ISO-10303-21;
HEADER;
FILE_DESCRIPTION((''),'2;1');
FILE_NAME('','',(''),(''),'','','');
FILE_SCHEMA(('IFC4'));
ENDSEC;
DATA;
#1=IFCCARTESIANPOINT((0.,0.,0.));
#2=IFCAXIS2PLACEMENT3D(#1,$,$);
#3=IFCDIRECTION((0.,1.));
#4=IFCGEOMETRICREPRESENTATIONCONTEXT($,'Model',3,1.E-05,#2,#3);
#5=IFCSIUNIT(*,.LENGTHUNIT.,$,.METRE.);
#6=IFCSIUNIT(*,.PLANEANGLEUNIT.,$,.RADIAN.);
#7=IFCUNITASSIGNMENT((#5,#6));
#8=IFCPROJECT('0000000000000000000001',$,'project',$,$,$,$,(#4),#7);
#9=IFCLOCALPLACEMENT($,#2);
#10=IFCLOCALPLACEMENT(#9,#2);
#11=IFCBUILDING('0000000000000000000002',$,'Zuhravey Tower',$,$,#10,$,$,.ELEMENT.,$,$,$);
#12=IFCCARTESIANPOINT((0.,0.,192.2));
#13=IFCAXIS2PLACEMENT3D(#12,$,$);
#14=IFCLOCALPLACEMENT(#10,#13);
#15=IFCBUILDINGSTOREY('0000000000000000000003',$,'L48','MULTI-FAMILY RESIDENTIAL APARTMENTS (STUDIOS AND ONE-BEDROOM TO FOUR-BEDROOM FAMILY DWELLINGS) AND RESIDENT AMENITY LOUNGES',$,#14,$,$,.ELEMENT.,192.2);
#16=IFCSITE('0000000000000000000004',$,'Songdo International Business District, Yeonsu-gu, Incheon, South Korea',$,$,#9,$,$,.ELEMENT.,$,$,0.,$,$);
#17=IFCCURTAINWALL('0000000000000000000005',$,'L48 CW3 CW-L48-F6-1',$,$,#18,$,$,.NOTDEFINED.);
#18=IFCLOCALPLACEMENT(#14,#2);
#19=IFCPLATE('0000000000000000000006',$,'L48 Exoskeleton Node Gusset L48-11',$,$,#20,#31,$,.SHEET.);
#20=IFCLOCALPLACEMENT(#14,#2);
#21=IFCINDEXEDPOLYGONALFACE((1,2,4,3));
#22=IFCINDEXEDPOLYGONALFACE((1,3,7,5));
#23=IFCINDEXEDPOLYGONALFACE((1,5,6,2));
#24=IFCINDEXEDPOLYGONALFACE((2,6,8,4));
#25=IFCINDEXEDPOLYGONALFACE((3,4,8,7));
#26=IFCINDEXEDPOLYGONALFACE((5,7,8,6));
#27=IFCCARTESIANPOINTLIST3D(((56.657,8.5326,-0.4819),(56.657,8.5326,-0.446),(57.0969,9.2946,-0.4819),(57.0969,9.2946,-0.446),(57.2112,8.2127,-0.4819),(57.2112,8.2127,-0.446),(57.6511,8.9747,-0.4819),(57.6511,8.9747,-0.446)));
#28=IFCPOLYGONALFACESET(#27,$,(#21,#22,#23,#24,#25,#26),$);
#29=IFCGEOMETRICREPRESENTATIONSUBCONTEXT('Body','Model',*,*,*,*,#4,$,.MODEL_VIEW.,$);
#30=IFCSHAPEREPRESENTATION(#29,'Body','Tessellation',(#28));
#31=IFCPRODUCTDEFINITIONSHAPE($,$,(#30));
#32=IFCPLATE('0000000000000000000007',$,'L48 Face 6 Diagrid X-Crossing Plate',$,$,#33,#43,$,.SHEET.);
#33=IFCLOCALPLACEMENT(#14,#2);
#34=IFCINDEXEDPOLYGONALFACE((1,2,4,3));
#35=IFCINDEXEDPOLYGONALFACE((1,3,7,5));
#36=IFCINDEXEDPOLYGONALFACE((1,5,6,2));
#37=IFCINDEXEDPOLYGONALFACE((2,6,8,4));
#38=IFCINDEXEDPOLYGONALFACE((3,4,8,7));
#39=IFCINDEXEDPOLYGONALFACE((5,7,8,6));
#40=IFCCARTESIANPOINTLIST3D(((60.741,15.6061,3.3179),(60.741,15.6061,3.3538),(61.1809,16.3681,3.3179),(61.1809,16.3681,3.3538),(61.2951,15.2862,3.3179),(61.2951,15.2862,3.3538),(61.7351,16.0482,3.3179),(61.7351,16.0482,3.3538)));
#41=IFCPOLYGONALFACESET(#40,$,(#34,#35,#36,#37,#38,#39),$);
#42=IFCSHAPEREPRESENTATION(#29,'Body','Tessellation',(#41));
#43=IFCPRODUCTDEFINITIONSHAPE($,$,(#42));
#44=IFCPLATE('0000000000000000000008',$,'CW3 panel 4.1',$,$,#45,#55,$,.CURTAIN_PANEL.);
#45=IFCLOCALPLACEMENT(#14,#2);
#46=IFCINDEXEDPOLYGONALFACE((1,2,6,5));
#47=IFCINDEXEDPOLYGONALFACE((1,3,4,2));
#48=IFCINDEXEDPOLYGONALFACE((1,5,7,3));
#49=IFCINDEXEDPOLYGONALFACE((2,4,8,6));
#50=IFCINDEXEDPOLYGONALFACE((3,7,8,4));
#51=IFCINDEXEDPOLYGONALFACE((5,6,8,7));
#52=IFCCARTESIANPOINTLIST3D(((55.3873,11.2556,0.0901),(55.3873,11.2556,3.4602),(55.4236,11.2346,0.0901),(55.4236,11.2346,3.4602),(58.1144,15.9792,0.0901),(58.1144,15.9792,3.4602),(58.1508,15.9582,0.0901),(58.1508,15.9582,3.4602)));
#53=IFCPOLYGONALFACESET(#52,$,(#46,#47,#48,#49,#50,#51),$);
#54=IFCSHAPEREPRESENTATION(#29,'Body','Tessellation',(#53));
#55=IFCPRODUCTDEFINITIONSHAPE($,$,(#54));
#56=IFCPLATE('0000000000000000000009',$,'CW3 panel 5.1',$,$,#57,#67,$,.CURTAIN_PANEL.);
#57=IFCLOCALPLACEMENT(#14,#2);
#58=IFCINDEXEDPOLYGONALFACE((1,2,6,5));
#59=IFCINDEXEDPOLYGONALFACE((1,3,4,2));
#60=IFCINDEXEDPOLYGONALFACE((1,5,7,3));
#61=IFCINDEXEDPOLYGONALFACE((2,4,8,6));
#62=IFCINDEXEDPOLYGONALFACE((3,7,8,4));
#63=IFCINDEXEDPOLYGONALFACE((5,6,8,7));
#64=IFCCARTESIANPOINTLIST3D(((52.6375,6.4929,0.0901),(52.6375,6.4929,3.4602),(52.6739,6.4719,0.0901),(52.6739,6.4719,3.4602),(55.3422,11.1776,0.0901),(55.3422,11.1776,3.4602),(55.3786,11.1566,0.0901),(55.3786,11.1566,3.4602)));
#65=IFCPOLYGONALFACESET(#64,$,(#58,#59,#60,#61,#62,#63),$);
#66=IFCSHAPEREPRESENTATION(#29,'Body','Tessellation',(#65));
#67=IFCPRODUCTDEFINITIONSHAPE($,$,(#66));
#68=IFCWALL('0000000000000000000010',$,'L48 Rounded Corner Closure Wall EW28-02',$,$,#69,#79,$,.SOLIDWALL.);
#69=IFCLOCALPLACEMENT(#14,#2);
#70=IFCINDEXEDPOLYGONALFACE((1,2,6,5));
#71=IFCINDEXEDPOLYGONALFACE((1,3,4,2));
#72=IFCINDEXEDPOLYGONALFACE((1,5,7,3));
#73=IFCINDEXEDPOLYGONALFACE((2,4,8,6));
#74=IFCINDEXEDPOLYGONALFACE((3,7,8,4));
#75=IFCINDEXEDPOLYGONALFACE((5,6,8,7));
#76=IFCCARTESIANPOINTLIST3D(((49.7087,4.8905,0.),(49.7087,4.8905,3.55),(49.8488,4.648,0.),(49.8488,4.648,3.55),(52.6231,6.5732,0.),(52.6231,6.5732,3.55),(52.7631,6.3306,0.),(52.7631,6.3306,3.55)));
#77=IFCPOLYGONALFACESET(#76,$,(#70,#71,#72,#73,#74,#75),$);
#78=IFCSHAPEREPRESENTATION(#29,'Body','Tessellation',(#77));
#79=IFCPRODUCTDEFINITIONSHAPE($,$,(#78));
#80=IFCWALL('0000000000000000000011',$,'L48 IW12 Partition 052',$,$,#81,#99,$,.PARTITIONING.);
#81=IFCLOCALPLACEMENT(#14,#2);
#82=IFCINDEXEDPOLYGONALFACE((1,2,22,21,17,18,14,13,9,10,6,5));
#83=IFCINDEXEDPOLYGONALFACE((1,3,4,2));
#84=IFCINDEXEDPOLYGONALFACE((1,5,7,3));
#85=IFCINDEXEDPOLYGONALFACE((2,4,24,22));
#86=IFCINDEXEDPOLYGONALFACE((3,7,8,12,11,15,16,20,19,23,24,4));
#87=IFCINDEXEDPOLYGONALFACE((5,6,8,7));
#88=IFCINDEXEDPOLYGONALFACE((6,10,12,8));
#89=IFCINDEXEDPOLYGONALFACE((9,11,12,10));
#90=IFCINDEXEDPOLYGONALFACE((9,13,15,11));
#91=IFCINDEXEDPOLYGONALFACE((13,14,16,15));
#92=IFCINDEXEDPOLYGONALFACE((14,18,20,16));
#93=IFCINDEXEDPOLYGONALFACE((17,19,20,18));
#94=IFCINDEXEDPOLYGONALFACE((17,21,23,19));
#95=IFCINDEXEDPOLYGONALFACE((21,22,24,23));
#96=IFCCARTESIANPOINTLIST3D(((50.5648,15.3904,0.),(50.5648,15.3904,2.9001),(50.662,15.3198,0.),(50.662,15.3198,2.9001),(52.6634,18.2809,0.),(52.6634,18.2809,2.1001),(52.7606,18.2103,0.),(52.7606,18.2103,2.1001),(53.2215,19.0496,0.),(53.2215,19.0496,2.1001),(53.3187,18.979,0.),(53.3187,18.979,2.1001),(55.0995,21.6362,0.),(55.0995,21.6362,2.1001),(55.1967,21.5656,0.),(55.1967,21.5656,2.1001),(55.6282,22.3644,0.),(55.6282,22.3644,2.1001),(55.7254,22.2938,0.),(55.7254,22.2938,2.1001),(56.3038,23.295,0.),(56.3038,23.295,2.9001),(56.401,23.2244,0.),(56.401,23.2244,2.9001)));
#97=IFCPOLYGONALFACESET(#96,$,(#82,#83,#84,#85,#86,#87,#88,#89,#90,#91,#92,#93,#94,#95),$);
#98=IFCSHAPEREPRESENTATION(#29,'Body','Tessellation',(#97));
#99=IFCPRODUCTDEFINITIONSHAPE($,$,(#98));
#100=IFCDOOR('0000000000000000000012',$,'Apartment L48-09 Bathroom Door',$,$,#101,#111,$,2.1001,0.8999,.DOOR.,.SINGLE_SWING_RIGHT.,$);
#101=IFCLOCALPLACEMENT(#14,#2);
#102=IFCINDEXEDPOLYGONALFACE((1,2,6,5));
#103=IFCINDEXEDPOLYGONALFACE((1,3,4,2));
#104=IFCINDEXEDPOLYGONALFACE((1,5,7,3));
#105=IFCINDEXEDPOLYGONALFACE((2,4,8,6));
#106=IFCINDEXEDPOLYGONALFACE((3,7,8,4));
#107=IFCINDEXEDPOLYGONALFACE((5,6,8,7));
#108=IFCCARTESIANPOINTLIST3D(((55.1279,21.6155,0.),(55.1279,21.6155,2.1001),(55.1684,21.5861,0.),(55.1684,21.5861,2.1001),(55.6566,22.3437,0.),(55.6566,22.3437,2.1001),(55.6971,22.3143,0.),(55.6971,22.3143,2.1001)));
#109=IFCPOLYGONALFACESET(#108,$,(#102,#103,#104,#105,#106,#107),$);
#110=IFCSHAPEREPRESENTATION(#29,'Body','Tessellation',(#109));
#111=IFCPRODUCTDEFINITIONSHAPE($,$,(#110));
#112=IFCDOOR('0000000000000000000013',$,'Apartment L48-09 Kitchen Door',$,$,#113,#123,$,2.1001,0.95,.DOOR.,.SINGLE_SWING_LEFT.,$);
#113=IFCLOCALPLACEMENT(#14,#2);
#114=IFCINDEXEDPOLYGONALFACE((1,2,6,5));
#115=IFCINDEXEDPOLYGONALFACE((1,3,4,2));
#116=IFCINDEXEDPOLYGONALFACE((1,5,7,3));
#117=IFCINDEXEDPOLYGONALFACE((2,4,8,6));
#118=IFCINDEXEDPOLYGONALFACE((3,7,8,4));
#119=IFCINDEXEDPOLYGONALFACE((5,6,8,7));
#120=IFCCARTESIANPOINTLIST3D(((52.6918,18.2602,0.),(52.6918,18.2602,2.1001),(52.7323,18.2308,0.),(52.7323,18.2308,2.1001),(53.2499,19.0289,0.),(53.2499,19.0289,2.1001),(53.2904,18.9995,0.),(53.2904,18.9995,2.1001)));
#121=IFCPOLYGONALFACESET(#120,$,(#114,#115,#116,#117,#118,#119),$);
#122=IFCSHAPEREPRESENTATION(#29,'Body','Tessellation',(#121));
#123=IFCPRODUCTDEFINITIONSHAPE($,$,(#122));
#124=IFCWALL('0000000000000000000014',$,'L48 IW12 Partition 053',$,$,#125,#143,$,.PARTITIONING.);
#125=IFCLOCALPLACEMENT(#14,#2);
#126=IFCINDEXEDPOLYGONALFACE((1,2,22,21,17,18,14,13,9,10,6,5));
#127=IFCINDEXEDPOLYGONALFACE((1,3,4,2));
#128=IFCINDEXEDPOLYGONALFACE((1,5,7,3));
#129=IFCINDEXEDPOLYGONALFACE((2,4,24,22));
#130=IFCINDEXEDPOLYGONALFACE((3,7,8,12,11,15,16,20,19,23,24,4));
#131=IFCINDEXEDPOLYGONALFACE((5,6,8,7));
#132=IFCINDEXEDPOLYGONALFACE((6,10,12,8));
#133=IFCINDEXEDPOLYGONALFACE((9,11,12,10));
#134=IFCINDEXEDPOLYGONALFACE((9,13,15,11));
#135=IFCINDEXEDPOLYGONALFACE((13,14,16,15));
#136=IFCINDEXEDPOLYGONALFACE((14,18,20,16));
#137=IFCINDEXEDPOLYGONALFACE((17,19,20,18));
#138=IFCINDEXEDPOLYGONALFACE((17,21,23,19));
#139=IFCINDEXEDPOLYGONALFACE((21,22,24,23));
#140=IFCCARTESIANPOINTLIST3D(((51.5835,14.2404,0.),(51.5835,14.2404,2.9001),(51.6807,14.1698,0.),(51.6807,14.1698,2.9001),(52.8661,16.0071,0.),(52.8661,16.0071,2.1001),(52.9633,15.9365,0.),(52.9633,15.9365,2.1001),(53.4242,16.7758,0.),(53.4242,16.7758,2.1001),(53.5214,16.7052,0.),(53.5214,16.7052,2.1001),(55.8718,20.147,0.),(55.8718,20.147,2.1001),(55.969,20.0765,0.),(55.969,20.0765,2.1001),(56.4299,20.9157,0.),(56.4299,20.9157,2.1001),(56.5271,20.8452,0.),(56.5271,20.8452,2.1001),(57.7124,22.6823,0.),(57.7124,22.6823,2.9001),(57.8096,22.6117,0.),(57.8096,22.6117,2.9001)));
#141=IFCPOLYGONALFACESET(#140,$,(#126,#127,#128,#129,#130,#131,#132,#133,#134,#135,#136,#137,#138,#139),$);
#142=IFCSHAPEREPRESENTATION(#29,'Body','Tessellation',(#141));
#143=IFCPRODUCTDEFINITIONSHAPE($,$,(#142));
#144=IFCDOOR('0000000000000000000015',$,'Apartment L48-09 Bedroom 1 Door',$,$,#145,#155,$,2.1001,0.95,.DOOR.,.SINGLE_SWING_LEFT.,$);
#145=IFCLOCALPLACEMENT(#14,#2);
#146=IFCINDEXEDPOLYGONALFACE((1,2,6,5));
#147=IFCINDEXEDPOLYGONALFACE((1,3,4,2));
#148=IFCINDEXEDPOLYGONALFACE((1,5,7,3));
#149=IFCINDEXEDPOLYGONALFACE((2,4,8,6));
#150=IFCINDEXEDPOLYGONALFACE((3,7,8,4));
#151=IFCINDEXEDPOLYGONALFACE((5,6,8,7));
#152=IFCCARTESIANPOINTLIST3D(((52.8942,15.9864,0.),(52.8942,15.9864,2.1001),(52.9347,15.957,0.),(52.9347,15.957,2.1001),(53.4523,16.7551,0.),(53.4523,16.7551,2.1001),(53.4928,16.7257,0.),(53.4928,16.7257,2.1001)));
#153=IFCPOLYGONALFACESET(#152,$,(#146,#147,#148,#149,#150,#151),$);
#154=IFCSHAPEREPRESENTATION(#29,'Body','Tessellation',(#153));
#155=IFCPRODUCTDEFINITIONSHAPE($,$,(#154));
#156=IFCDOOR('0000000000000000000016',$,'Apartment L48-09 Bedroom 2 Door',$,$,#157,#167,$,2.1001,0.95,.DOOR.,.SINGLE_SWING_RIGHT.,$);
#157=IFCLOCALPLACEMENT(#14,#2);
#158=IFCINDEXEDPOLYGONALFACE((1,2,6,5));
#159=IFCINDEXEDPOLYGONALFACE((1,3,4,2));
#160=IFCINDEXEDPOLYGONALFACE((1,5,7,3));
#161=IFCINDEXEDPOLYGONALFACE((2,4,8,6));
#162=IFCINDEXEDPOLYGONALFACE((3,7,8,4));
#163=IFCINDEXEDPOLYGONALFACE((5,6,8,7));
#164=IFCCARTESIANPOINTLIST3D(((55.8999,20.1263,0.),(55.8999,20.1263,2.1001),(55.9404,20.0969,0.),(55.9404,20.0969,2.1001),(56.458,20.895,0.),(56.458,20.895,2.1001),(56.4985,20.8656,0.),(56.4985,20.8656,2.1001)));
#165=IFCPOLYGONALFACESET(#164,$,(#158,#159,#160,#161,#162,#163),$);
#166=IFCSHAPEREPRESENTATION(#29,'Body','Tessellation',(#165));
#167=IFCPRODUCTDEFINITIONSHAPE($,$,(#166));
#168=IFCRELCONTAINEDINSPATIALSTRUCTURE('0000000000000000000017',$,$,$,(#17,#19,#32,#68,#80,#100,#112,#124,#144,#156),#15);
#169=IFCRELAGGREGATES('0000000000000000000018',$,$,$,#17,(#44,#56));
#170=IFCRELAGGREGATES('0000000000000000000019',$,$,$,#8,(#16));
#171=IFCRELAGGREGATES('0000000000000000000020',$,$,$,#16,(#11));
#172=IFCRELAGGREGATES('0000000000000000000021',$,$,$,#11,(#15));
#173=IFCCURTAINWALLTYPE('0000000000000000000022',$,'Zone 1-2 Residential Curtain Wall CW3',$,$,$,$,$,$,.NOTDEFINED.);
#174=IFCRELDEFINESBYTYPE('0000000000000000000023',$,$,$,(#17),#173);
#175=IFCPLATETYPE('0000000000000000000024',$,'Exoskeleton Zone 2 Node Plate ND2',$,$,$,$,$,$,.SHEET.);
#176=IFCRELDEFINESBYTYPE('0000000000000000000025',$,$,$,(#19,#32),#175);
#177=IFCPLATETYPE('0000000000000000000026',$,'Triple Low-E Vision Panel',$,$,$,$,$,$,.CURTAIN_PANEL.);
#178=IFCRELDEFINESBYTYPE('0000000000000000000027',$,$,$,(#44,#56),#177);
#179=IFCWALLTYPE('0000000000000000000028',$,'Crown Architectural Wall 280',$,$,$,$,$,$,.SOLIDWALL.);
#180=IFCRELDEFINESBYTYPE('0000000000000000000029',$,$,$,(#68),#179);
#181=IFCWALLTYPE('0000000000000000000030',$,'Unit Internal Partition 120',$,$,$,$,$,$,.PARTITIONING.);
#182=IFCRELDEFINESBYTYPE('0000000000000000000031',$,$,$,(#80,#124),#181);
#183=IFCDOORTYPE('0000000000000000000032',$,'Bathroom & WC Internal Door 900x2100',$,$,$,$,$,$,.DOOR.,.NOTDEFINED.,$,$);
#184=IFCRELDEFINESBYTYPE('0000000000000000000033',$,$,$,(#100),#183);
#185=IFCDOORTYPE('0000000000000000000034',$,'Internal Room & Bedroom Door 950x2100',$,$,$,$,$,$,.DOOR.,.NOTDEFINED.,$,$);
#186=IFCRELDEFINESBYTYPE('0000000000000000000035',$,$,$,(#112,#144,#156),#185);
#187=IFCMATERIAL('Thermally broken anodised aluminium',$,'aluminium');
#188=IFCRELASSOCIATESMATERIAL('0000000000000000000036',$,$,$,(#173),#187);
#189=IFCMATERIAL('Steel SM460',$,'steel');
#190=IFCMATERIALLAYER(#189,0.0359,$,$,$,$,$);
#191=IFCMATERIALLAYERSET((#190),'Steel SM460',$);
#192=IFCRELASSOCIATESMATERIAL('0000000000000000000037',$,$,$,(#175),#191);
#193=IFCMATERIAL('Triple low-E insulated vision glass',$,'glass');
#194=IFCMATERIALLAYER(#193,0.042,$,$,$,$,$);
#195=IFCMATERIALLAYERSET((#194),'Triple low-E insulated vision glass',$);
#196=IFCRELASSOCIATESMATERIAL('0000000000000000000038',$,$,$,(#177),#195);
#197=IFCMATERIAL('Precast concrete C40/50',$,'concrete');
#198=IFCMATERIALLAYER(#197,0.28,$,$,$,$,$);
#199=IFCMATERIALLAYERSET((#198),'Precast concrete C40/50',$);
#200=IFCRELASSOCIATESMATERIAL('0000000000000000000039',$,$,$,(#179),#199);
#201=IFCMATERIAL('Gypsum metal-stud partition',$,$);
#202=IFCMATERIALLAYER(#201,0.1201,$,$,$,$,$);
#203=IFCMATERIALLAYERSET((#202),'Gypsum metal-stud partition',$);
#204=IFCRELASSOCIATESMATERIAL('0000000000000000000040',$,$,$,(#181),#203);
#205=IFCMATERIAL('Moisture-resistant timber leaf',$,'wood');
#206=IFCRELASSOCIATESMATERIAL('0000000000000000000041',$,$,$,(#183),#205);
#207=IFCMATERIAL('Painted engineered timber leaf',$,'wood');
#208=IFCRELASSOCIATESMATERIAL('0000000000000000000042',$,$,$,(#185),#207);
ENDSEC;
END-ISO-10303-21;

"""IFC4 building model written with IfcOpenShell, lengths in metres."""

from ifc_helpers import new_model, si_unit, direction, frame, frame_2d, origin, origin_2d, place, context, subcontext, project, spatial, rectangle, extrude, material, layer, layer_set, type_object, element, fill, aggregate, save


model = new_model("IFC4")

# Units and contexts
model_context = context("Model", 3, precision=1e-05, world=origin(), true_north=direction((0.0, 1.0)))
body_context = subcontext(model_context, "Body", "Model", "MODEL_VIEW")
ifc_project = project(units=[si_unit("LENGTHUNIT", "METRE"), si_unit("PLANEANGLEUNIT", "RADIAN")], contexts=[model_context])

# Site, building, storey
site_placement = place(None, origin())
site = spatial("IfcSite", under=ifc_project, at=site_placement, Name="Songdo International Business District, Yeonsu-gu, Incheon, South Korea", CompositionType="ELEMENT", RefElevation=0.0)
building_placement = place(site_placement, origin())
building = spatial("IfcBuilding", under=site, at=building_placement, Name="Zuhravey Tower", CompositionType="ELEMENT")
storey_placement = place(building_placement, frame((0.0, 0.0, 192.2)))
storey = spatial("IfcBuildingStorey", under=building, at=storey_placement, Name="L48", Description="MULTI-FAMILY RESIDENTIAL APARTMENTS (STUDIOS AND ONE-BEDROOM TO FOUR-BEDROOM FAMILY DWELLINGS) AND RESIDENT AMENITY LOUNGES", CompositionType="ELEMENT", Elevation=192.2)

# Curtain wall
ifc_material_1 = material(Name="Thermally broken anodised aluminium", Category="aluminium")
curtain_wall_type = type_object("IfcCurtainWallType", Name="Zone 1-2 Residential Curtain Wall CW3", PredefinedType="NOTDEFINED", material=ifc_material_1)
curtain_wall_1_placement = place(storey_placement, origin())
curtain_wall_1 = element("IfcCurtainWall", 1, at=curtain_wall_1_placement, inside=storey, type_object=curtain_wall_type, Name="L48 CW3 CW-L48-F6-1", PredefinedType="NOTDEFINED")

# Shared definitions
ifc_material_2 = material(Name="Steel SM460", Category="steel")

# Plates
ifc_layer_1 = layer(ifc_material_2, 0.0359)
ifc_layer_set_1 = layer_set([ifc_layer_1], Name="Steel SM460")
plate_type_1 = type_object("IfcPlateType", Name="Exoskeleton Zone 2 Node Plate ND2", PredefinedType="SHEET", material=ifc_layer_set_1)
for number, where, z_axis, x_axis, name in (
    (2, (57.1541, 8.7537, -0.4819), (0.0, 0.0, 1.0), (0.5, 0.866025, 0.0), "L48 Exoskeleton Node Gusset L48-11"),
    (3, (61.238, 15.8271, 3.3179), (0.0, 0.0, 1.0), (0.5, 0.866025, 0.0), "L48 Face 6 Diagrid X-Crossing Plate"),
):
    element("IfcPlate", number, at=place(storey_placement, frame(where, z_axis=z_axis, x_axis=x_axis)), inside=storey, type_object=plate_type_1, Name=name, PredefinedType="SHEET", context=body_context, shape_type="SweptSolid", body=[
        extrude(rectangle(XDim=0.8799, YDim=0.6399, at=origin_2d()), origin(), (0.0, 0.0, 1.0), 0.0359),
    ])

# Plates
ifc_material_3 = material(Name="Triple low-E insulated vision glass", Category="glass")
ifc_layer_2 = layer(ifc_material_3, 0.042)
ifc_layer_set_2 = layer_set([ifc_layer_2], Name="Triple low-E insulated vision glass")
plate_type_2 = type_object("IfcPlateType", Name="Triple Low-E Vision Panel", PredefinedType="CURTAIN_PANEL", material=ifc_layer_set_2)
plate_1_placement = place(storey_placement, frame((56.769, 13.6069, 0.0901), z_axis=(0.0, 0.0, 1.0), x_axis=(-0.5, -0.866025, 0.0)))
plate_1 = element("IfcPlate", 4, at=plate_1_placement, type_object=plate_type_2, Name="CW3 panel 4.1", PredefinedType="CURTAIN_PANEL", context=body_context, shape_type="SweptSolid", body=[
    extrude(rectangle(XDim=5.4543, YDim=0.042, at=origin_2d()), origin(), (0.0, 0.0, 1.0), 3.3701),
])
plate_2_placement = place(storey_placement, frame((54.0081, 8.8247, 0.0901), z_axis=(0.0, 0.0, 1.0), x_axis=(-0.5, -0.866025, 0.0)))
plate_2 = element("IfcPlate", 5, at=plate_2_placement, type_object=plate_type_2, Name="CW3 panel 5.1", PredefinedType="CURTAIN_PANEL", context=body_context, shape_type="SweptSolid", body=[
    extrude(rectangle(XDim=5.4094, YDim=0.042, at=origin_2d()), origin(), (0.0, 0.0, 1.0), 3.3701),
])
aggregate(curtain_wall_1, [plate_1, plate_2])

# Wall
ifc_material_4 = material(Name="Precast concrete C40/50", Category="concrete")
ifc_layer_3 = layer(ifc_material_4, 0.28)
ifc_layer_set_3 = layer_set([ifc_layer_3], Name="Precast concrete C40/50")
wall_type_1 = type_object("IfcWallType", Name="Crown Architectural Wall 280", PredefinedType="SOLIDWALL", material=ifc_layer_set_3)
wall_1_placement = place(storey_placement, frame((52.6931, 6.4519, 0.0), z_axis=(0.0, 0.0, 1.0), x_axis=(-0.86602, -0.500009, 0.0)))
element("IfcWall", 6, at=wall_1_placement, inside=storey, type_object=wall_type_1, Name="L48 Rounded Corner Closure Wall EW28-02", PredefinedType="SOLIDWALL", context=body_context, shape_type="SweptSolid", body=[
    extrude(rectangle(XDim=3.3652, YDim=0.28, at=frame_2d((1.6826, 0.0))), origin(), (0.0, 0.0, 1.0), 3.55),
])

# Walls, openings, doors
ifc_material_5 = material(Name="Gypsum metal-stud partition")
ifc_layer_4 = layer(ifc_material_5, 0.1201)
ifc_layer_set_4 = layer_set([ifc_layer_4], Name="Gypsum metal-stud partition")
wall_type_2 = type_object("IfcWallType", Name="Unit Internal Partition 120", PredefinedType="PARTITIONING", material=ifc_layer_set_4)
wall_2_placement = place(storey_placement, frame((50.6133, 15.355, 0.0), z_axis=(0.0, 0.0, 1.0), x_axis=(0.587519, 0.80921, 0.0)))
wall_2 = element("IfcWall", 7, at=wall_2_placement, inside=storey, type_object=wall_type_2, Name="L48 IW12 Partition 052", PredefinedType="PARTITIONING", context=body_context, shape_type="SweptSolid", body=[
    extrude(rectangle(XDim=9.7683, YDim=0.1201, at=frame_2d((4.8843, 0.0))), origin(), (0.0, 0.0, 1.0), 2.9001),
])
opening_1_placement = place(wall_2_placement, frame((3.572, 0.0, 0.0)))
opening_1 = element("IfcOpeningElement", 8, at=opening_1_placement, cuts=wall_2, PredefinedType="OPENING", context=body_context, shape_type="SweptSolid", body=[
    extrude(rectangle(XDim=0.95, YDim=2.1001, at=frame_2d((0.4751, 1.05))), frame((0.0, 0.072, 0.0), z_axis=(0.0, -1.0, 0.0), x_axis=(1.0, 0.0, 0.0)), (0.0, 0.0, 1.0), 0.144),
])
opening_2_placement = place(wall_2_placement, frame((7.7185, 0.0, 0.0)))
opening_2 = element("IfcOpeningElement", 9, at=opening_2_placement, cuts=wall_2, PredefinedType="OPENING", context=body_context, shape_type="SweptSolid", body=[
    extrude(rectangle(XDim=0.8999, YDim=2.1001, at=frame_2d((0.45, 1.05))), frame((0.0, 0.072, 0.0), z_axis=(0.0, -1.0, 0.0), x_axis=(1.0, 0.0, 0.0)), (0.0, 0.0, 1.0), 0.144),
])
ifc_material_6 = material(Name="Moisture-resistant timber leaf", Category="wood")
door_type_1 = type_object("IfcDoorType", Name="Bathroom & WC Internal Door 900x2100", OperationType="NOTDEFINED", PredefinedType="DOOR", material=ifc_material_6)
door_1_placement = place(opening_2_placement, origin())
door_1 = element("IfcDoor", 10, at=door_1_placement, inside=storey, type_object=door_type_1, Name="Apartment L48-09 Bathroom Door", OperationType="SINGLE_SWING_RIGHT", OverallHeight=2.1001, OverallWidth=0.8999, PredefinedType="DOOR", context=body_context, shape_type="SweptSolid", body=[
    extrude(rectangle(XDim=0.8999, YDim=2.1001, at=frame_2d((0.45, 1.05))), frame((0.0, 0.0249, 0.0), z_axis=(0.0, -1.0, 0.0), x_axis=(1.0, 0.0, 0.0)), (0.0, 0.0, 1.0), 0.05),
])
fill(opening_2, door_1)
ifc_material_7 = material(Name="Painted engineered timber leaf", Category="wood")
door_type_2 = type_object("IfcDoorType", Name="Internal Room & Bedroom Door 950x2100", OperationType="NOTDEFINED", PredefinedType="DOOR", material=ifc_material_7)
door_2_placement = place(opening_1_placement, origin())
door_2 = element("IfcDoor", 11, at=door_2_placement, inside=storey, type_object=door_type_2, Name="Apartment L48-09 Kitchen Door", OperationType="SINGLE_SWING_LEFT", OverallHeight=2.1001, OverallWidth=0.95, PredefinedType="DOOR", context=body_context, shape_type="SweptSolid", body=[
    extrude(rectangle(XDim=0.95, YDim=2.1001, at=frame_2d((0.4751, 1.05))), frame((0.0, 0.0249, 0.0), z_axis=(0.0, -1.0, 0.0), x_axis=(1.0, 0.0, 0.0)), (0.0, 0.0, 1.0), 0.05),
])
fill(opening_1, door_2)
wall_3_placement = place(storey_placement, frame((51.6321, 14.2051, 0.0), z_axis=(0.0, 0.0, 1.0), x_axis=(0.587504, 0.809222, 0.0)))
wall_3 = element("IfcWall", 12, at=wall_3_placement, inside=storey, type_object=wall_type_2, Name="L48 IW12 Partition 053", PredefinedType="PARTITIONING", context=body_context, shape_type="SweptSolid", body=[
    extrude(rectangle(XDim=10.4321, YDim=0.1201, at=frame_2d((5.2161, 0.0))), origin(), (0.0, 0.0, 1.0), 2.9001),
])
opening_3_placement = place(wall_3_placement, frame((2.1831, 0.0, 0.0)))
opening_3 = element("IfcOpeningElement", 13, at=opening_3_placement, cuts=wall_3, PredefinedType="OPENING", context=body_context, shape_type="SweptSolid", body=[
    extrude(rectangle(XDim=0.95, YDim=2.1001, at=frame_2d((0.4751, 1.05))), frame((0.0, 0.072, 0.0), z_axis=(0.0, -1.0, 0.0), x_axis=(1.0, 0.0, 0.0)), (0.0, 0.0, 1.0), 0.144),
])
opening_4_placement = place(wall_3_placement, frame((7.2991, 0.0, 0.0)))
opening_4 = element("IfcOpeningElement", 14, at=opening_4_placement, cuts=wall_3, PredefinedType="OPENING", context=body_context, shape_type="SweptSolid", body=[
    extrude(rectangle(XDim=0.95, YDim=2.1001, at=frame_2d((0.4751, 1.05))), frame((0.0, 0.072, 0.0), z_axis=(0.0, -1.0, 0.0), x_axis=(1.0, 0.0, 0.0)), (0.0, 0.0, 1.0), 0.144),
])
door_3_placement = place(opening_3_placement, frame((0.95, 0.0, 0.0), z_axis=(0.0, 0.0, 1.0), x_axis=(-1.0, 0.0, 0.0)))
door_3 = element("IfcDoor", 15, at=door_3_placement, inside=storey, type_object=door_type_2, Name="Apartment L48-09 Bedroom 1 Door", OperationType="SINGLE_SWING_LEFT", OverallHeight=2.1001, OverallWidth=0.95, PredefinedType="DOOR", context=body_context, shape_type="SweptSolid", body=[
    extrude(rectangle(XDim=0.95, YDim=2.1001, at=frame_2d((0.4751, 1.05))), frame((0.0, 0.0249, 0.0), z_axis=(0.0, -1.0, 0.0), x_axis=(1.0, 0.0, 0.0)), (0.0, 0.0, 1.0), 0.05),
])
fill(opening_3, door_3)
door_4_placement = place(opening_4_placement, frame((0.95, 0.0, 0.0), z_axis=(0.0, 0.0, 1.0), x_axis=(-1.0, 0.0, 0.0)))
door_4 = element("IfcDoor", 16, at=door_4_placement, inside=storey, type_object=door_type_2, Name="Apartment L48-09 Bedroom 2 Door", OperationType="SINGLE_SWING_RIGHT", OverallHeight=2.1001, OverallWidth=0.95, PredefinedType="DOOR", context=body_context, shape_type="SweptSolid", body=[
    extrude(rectangle(XDim=0.95, YDim=2.1001, at=frame_2d((0.4751, 1.05))), frame((0.0, 0.0249, 0.0), z_axis=(0.0, -1.0, 0.0), x_axis=(1.0, 0.0, 0.0)), (0.0, 0.0, 1.0), 0.05),
])
fill(opening_4, door_4)

save(model, "model.ifc")
